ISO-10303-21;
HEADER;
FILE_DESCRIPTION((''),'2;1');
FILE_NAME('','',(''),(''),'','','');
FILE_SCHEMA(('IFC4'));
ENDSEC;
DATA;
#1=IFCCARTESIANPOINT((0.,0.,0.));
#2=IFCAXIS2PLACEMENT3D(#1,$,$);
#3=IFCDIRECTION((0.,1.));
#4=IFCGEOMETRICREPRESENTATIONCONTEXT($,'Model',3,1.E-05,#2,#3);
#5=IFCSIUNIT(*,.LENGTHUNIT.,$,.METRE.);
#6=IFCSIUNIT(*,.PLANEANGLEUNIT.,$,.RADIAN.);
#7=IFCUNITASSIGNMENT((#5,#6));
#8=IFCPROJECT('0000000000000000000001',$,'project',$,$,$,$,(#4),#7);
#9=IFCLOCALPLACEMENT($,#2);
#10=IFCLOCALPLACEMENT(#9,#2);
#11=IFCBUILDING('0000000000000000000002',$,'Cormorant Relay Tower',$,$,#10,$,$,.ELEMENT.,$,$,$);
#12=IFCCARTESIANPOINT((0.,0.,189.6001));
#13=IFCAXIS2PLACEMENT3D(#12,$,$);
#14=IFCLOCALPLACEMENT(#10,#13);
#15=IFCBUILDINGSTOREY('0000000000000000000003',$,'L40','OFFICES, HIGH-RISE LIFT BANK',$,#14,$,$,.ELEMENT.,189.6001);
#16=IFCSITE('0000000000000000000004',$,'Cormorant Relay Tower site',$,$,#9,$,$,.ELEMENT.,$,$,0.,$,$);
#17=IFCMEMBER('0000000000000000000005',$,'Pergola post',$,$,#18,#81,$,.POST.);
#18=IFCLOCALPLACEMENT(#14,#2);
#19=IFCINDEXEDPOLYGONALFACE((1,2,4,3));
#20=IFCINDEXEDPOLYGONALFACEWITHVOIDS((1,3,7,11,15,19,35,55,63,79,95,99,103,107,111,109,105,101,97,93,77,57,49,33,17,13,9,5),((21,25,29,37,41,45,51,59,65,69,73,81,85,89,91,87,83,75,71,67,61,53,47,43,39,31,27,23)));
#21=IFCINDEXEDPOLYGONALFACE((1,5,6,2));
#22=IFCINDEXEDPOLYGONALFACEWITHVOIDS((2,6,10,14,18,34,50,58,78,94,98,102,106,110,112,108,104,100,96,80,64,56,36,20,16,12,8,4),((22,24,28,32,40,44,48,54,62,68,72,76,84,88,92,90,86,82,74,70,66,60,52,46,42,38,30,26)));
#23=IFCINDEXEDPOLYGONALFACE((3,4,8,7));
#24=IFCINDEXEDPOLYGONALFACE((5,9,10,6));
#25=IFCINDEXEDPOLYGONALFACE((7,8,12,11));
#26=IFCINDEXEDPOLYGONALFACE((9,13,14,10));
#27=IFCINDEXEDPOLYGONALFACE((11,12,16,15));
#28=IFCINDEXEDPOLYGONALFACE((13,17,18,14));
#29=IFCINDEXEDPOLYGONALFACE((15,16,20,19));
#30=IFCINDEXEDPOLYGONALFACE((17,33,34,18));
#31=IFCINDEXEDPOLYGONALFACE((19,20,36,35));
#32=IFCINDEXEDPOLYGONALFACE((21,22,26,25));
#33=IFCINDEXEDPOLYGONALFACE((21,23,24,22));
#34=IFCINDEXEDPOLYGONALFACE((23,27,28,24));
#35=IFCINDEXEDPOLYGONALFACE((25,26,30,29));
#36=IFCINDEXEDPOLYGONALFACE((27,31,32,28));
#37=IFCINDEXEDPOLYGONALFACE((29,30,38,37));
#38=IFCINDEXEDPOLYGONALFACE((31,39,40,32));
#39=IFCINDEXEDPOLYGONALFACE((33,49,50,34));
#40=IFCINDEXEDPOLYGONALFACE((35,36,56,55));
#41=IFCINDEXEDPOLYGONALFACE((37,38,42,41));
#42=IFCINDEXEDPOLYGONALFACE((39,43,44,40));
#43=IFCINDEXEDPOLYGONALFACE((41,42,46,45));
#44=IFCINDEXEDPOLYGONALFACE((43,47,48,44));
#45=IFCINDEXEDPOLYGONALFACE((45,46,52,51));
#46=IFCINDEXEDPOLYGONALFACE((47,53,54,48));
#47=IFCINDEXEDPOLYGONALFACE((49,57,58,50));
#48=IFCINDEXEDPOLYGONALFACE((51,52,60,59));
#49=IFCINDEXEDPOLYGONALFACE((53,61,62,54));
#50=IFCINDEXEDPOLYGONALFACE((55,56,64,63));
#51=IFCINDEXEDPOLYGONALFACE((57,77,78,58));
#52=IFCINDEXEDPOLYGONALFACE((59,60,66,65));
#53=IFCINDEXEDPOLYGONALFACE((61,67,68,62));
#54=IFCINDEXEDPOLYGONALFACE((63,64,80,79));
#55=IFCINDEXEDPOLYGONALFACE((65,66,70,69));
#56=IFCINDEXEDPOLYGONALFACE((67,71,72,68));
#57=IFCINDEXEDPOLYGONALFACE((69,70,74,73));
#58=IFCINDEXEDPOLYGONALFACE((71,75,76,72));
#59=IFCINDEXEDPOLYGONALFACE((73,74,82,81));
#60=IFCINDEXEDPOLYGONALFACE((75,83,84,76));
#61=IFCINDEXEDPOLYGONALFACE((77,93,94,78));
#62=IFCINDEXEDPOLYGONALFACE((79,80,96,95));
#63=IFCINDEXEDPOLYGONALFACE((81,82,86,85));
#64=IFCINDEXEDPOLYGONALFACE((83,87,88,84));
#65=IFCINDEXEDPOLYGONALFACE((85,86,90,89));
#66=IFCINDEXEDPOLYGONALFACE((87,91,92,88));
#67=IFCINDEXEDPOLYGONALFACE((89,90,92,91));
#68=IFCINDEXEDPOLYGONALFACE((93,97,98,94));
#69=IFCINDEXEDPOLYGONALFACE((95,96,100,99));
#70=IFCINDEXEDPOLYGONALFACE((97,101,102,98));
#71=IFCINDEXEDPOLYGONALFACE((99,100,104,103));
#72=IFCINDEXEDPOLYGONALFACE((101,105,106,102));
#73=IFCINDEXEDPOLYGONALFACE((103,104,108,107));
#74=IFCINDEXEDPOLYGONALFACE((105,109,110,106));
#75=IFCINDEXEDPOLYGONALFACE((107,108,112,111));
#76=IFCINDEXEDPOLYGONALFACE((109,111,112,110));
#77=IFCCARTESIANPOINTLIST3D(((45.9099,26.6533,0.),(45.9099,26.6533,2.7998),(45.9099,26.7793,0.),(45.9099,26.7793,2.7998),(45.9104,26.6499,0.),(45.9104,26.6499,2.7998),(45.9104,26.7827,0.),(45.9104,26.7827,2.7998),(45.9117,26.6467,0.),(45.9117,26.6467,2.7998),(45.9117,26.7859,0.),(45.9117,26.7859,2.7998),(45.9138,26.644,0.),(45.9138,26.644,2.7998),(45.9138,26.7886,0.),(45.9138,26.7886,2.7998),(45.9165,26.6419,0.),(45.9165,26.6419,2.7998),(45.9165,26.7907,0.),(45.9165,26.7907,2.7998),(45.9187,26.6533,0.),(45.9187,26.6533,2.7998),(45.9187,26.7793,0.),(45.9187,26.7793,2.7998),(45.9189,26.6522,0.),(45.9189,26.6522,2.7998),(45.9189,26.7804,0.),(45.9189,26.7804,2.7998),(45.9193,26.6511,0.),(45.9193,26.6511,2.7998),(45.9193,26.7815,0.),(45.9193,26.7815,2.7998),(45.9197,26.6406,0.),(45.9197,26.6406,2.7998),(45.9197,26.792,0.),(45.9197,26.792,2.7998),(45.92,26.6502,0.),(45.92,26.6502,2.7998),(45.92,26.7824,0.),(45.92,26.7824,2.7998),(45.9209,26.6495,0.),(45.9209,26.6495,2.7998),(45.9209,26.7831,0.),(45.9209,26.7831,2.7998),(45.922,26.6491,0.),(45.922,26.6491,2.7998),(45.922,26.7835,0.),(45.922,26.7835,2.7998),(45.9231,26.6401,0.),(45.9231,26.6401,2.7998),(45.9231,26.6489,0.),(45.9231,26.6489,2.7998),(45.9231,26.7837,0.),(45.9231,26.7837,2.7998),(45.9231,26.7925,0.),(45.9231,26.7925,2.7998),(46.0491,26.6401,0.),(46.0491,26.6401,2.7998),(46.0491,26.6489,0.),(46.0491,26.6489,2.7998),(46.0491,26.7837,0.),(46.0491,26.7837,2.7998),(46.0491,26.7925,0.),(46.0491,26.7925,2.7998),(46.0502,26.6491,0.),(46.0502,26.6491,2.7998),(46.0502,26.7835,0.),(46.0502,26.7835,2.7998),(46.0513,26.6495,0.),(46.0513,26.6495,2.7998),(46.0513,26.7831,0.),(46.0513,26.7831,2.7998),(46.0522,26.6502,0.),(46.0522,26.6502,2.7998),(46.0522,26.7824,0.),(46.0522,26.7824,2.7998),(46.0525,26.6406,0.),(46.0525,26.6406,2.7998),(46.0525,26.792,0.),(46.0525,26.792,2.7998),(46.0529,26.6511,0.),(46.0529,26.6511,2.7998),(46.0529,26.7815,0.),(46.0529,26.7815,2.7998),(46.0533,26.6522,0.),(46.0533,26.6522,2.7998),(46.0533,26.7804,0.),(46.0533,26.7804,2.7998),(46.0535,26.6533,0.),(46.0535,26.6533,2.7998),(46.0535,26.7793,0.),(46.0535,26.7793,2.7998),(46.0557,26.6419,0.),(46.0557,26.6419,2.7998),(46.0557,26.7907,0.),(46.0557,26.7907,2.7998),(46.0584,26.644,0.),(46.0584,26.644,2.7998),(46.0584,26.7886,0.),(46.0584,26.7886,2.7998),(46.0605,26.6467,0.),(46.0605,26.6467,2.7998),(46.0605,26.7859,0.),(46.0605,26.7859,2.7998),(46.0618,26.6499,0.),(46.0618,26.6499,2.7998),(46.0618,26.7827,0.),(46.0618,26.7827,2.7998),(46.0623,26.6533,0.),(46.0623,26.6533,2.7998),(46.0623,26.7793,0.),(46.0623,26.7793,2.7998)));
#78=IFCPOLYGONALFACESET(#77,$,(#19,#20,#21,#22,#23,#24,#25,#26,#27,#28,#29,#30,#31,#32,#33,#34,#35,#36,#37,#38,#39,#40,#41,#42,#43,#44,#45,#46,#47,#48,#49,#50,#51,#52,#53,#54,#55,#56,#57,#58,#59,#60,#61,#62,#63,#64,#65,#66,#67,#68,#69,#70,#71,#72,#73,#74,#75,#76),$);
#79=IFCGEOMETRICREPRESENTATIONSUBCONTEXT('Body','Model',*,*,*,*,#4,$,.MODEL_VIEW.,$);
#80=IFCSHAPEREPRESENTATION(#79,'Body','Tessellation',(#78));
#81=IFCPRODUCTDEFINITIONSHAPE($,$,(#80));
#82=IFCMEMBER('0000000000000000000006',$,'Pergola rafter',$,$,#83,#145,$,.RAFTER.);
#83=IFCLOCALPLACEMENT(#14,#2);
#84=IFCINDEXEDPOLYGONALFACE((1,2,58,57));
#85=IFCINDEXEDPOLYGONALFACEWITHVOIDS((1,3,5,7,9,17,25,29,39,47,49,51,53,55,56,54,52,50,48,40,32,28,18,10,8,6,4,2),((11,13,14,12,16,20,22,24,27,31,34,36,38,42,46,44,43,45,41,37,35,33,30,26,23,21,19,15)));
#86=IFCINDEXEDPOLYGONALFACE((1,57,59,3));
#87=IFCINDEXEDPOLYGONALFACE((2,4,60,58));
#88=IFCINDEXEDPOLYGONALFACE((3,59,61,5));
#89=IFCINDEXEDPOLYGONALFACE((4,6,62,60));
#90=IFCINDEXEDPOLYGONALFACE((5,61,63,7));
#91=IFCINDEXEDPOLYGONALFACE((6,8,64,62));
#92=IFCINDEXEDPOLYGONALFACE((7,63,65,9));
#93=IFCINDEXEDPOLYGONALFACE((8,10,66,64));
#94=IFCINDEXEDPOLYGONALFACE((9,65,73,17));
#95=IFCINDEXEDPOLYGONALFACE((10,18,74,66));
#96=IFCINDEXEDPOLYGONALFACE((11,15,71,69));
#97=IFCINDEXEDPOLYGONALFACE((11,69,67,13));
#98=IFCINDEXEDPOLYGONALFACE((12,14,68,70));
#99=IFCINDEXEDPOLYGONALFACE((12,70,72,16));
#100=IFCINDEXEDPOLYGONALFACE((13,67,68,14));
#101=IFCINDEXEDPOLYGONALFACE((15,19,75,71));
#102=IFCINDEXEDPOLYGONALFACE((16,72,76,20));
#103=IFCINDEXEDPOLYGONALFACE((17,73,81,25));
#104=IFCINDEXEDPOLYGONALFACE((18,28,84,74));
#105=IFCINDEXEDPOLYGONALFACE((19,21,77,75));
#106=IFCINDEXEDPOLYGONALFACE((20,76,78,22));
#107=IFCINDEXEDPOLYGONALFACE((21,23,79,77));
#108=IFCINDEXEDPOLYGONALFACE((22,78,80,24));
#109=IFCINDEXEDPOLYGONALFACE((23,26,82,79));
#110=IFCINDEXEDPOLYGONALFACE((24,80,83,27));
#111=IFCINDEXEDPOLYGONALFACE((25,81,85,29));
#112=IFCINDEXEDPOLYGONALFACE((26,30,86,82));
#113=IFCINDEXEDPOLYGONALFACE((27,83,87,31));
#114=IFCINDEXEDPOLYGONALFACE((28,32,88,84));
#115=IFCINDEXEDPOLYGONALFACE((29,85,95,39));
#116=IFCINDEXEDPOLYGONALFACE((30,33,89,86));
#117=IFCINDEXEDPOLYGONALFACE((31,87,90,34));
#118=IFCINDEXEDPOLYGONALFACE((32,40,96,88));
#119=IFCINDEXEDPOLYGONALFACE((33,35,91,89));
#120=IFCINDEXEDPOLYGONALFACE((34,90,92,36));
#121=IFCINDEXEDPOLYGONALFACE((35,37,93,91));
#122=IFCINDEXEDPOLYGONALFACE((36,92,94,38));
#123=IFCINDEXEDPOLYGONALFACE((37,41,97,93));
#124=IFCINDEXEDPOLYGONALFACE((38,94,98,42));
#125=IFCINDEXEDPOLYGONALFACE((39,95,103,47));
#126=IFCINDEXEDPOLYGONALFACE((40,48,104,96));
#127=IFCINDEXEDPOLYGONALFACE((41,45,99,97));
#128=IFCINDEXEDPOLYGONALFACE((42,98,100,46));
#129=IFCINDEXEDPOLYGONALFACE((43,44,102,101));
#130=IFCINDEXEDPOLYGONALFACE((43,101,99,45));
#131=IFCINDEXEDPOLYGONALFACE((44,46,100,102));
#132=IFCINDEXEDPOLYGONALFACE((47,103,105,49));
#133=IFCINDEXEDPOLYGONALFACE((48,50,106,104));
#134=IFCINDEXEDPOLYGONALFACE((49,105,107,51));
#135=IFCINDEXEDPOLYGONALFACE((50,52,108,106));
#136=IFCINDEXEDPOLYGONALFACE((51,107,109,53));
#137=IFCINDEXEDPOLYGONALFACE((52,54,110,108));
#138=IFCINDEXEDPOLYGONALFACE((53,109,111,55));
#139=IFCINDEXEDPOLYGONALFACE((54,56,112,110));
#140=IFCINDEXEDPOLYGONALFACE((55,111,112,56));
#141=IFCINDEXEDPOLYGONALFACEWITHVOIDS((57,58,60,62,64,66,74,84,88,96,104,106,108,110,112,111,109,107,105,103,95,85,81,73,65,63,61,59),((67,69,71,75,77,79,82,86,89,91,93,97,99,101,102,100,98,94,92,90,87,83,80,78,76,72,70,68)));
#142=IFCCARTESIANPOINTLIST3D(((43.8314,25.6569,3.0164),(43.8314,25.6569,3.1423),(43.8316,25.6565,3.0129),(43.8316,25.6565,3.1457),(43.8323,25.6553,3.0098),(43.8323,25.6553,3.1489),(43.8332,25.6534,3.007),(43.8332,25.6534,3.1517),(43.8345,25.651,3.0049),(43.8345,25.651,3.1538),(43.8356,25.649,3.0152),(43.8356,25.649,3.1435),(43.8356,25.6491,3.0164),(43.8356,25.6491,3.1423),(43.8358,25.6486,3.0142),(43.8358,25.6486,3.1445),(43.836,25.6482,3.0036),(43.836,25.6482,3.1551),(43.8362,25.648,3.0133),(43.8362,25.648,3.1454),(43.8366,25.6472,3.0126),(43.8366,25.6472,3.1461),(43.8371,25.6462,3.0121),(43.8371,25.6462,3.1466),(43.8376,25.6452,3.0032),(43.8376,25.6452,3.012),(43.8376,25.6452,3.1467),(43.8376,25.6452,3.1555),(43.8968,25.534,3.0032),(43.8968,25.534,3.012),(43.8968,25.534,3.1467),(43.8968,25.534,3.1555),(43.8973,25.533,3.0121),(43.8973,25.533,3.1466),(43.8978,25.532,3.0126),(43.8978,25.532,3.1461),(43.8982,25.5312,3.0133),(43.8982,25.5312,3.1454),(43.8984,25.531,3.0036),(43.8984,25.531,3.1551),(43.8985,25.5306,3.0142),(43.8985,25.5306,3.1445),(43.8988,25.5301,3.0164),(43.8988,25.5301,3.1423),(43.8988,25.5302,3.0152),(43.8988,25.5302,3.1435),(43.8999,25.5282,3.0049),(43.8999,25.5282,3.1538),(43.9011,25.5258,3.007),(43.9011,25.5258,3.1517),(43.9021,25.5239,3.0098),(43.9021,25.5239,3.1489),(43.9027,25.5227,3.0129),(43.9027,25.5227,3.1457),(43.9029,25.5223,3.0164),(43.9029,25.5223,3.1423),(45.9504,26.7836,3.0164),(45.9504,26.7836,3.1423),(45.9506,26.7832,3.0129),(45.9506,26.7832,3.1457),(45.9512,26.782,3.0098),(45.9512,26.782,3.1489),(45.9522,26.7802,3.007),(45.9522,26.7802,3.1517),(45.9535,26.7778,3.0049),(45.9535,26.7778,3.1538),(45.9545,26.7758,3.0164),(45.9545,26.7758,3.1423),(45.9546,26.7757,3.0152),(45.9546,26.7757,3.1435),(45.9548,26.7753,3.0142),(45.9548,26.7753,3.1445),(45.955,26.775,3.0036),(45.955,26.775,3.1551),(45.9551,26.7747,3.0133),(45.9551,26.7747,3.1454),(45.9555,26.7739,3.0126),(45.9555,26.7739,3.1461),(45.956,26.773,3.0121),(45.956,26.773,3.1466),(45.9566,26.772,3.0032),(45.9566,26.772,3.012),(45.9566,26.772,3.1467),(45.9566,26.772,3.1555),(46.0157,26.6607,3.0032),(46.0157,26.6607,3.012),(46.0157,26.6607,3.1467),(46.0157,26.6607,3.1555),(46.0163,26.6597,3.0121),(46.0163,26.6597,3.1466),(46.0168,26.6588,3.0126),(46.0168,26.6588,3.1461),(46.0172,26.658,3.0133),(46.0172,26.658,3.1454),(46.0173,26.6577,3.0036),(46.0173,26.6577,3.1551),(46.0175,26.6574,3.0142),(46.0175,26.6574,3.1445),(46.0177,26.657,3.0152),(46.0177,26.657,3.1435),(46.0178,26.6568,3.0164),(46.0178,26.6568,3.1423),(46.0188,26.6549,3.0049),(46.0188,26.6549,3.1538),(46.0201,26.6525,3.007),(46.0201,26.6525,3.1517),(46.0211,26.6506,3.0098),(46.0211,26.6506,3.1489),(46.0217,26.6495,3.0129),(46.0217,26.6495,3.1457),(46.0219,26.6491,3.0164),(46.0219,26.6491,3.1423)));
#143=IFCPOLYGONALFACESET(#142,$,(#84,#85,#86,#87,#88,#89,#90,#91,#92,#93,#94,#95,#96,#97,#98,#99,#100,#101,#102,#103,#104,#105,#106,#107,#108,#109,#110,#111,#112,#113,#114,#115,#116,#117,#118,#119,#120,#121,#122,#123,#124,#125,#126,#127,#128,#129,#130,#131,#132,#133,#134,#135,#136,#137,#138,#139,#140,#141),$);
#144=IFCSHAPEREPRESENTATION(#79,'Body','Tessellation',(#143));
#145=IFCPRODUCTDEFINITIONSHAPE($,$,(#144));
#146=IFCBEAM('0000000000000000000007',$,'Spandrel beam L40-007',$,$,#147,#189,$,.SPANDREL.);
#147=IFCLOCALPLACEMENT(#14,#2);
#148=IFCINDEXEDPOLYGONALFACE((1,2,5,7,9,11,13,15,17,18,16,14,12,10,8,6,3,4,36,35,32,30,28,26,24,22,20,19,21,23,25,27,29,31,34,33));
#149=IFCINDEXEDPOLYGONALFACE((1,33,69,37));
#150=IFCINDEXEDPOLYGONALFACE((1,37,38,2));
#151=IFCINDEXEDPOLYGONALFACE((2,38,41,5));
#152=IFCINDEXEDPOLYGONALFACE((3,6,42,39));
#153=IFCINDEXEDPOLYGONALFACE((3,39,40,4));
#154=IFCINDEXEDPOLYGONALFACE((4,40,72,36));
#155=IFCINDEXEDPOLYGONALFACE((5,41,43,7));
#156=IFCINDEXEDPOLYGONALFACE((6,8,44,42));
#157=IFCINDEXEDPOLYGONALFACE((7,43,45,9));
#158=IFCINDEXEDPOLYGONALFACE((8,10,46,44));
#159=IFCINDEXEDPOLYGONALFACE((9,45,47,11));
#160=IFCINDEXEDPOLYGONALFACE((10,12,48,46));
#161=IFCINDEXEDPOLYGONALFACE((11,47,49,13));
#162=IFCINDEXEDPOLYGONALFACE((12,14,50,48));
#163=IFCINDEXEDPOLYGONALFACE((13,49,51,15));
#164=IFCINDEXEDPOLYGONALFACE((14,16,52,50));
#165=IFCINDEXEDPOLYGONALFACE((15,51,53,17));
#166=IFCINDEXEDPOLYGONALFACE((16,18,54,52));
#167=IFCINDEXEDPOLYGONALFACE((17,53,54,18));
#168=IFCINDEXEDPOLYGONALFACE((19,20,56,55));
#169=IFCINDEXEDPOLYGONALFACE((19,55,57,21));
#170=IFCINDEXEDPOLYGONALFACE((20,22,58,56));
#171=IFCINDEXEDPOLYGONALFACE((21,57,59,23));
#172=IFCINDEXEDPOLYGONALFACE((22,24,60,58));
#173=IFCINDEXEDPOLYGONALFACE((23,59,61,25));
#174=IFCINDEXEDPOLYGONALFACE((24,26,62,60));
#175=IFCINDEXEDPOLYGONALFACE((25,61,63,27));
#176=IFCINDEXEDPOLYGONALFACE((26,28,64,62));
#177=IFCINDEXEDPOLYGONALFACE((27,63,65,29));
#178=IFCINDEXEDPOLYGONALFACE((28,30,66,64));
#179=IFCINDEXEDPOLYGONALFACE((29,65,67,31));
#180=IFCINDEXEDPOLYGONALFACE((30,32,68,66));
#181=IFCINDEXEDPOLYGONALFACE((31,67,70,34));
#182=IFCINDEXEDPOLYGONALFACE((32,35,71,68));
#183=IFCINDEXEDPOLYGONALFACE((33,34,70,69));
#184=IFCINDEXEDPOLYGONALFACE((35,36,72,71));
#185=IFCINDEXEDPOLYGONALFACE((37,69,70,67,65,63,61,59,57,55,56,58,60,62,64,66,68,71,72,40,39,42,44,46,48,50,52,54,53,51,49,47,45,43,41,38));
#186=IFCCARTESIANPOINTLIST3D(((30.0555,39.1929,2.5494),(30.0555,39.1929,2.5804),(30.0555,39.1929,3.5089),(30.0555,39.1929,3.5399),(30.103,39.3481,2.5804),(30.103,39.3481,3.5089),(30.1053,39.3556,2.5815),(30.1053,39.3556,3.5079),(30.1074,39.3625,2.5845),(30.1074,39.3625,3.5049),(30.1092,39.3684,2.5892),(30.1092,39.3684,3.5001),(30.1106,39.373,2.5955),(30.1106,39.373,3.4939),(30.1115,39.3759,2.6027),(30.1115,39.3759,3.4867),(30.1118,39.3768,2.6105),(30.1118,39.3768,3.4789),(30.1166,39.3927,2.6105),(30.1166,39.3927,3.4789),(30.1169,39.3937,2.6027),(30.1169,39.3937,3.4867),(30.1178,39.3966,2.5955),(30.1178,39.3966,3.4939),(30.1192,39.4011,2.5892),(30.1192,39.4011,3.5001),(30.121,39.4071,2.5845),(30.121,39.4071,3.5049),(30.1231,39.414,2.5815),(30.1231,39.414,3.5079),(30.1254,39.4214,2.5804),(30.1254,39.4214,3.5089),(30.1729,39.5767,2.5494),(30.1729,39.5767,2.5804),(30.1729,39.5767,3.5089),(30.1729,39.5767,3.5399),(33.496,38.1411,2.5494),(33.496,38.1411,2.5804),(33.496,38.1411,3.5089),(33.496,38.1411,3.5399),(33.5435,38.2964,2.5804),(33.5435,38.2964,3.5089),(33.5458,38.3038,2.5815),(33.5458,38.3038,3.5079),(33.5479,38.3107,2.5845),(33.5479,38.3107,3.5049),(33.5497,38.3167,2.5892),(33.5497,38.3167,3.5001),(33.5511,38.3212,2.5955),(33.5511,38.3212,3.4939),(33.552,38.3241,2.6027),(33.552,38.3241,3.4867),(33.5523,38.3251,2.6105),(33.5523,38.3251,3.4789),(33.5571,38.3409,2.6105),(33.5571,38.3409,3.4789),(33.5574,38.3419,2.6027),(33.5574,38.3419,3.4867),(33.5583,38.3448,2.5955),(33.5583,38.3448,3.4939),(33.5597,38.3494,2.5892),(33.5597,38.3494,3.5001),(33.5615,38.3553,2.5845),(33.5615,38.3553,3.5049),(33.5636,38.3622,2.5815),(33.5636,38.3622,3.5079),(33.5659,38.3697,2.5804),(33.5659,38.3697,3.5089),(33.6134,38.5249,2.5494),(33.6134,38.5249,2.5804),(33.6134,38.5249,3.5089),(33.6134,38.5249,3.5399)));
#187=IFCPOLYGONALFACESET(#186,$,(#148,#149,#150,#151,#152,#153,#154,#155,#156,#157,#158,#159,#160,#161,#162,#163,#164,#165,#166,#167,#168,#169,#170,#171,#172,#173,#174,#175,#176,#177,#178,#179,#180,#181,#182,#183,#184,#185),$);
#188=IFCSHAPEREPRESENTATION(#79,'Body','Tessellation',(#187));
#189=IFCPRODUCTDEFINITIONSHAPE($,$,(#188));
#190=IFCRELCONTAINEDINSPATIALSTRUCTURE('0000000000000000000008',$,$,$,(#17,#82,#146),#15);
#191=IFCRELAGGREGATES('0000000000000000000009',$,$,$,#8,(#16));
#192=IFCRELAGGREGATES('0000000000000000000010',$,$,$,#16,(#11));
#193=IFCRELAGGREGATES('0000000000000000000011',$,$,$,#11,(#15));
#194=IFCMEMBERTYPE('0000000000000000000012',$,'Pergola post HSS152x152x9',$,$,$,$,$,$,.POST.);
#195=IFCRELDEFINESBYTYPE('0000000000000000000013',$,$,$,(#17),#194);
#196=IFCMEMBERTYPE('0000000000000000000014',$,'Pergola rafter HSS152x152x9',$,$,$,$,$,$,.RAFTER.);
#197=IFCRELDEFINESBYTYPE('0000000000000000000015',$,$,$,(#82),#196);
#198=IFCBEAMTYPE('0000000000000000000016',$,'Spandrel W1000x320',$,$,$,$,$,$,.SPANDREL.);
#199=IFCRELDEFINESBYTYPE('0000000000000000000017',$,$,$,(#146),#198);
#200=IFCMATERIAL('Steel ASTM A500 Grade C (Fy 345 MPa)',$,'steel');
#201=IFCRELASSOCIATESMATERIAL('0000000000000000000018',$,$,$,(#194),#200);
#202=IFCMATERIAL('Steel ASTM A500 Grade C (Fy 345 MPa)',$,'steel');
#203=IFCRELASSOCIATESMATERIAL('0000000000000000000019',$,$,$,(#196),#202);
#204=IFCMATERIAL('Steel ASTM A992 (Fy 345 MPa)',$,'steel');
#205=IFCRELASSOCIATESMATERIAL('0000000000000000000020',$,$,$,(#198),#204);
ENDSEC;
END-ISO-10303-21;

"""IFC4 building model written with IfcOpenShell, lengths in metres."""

from ifc_helpers import new_model, si_unit, direction, frame, origin, origin_2d, place, context, subcontext, project, spatial, hollow_rectangle, i_section, extrude, material, material_profile, profile_set, type_object, element, save


model = new_model("IFC4")

# Units and contexts
model_context = context("Model", 3, precision=1e-05, world=origin(), true_north=direction((0.0, 1.0)))
body_context = subcontext(model_context, "Body", "Model", "MODEL_VIEW")
ifc_project = project(units=[si_unit("LENGTHUNIT", "METRE"), si_unit("PLANEANGLEUNIT", "RADIAN")], contexts=[model_context])

# Site, building, storey
site_placement = place(None, origin())
site = spatial("IfcSite", under=ifc_project, at=site_placement, Name="Cormorant Relay Tower site", CompositionType="ELEMENT", RefElevation=0.0)
building_placement = place(site_placement, origin())
building = spatial("IfcBuilding", under=site, at=building_placement, Name="Cormorant Relay Tower", CompositionType="ELEMENT")
storey_placement = place(building_placement, frame((0.0, 0.0, 189.6001)))
storey = spatial("IfcBuildingStorey", under=building, at=storey_placement, Name="L40", Description="OFFICES, HIGH-RISE LIFT BANK", CompositionType="ELEMENT", Elevation=189.6001)

# Members
ifc_material_1 = material(Name="Steel ASTM A500 Grade C (Fy 345 MPa)", Category="steel")
ifc_material_profile_1 = material_profile(ifc_material_1, hollow_rectangle(XDim=0.1523, YDim=0.1523, WallThickness=0.0088, InnerFilletRadius=0.0044, OuterFilletRadius=0.0132, at=origin_2d()), Name="HSS152x152x9")
ifc_profile_set_1 = profile_set([ifc_material_profile_1], Name="Steel ASTM A500 Grade C (Fy 345 MPa)")
member_type_1 = type_object("IfcMemberType", Name="Pergola post HSS152x152x9", PredefinedType="POST", material=ifc_profile_set_1)
member_1_placement = place(storey_placement, frame((45.9861, 26.7163, 0.0), z_axis=(0.0, 0.0, 1.0), x_axis=(1.0, 0.0, 0.0)))
element("IfcMember", 1, at=member_1_placement, inside=storey, type_object=member_type_1, Name="Pergola post", PredefinedType="POST", context=body_context, shape_type="SweptSolid", body=[
    extrude(hollow_rectangle(XDim=0.1523, YDim=0.1523, WallThickness=0.0088, InnerFilletRadius=0.0044, OuterFilletRadius=0.0132, at=origin_2d()), origin(), (0.0, 0.0, 1.0), 2.7998),
])
ifc_material_2 = material(Name="Steel ASTM A500 Grade C (Fy 345 MPa)", Category="steel")
ifc_material_profile_2 = material_profile(ifc_material_2, hollow_rectangle(XDim=0.1523, YDim=0.1523, WallThickness=0.0088, InnerFilletRadius=0.0044, OuterFilletRadius=0.0132, at=origin_2d()), Name="HSS152x152x9")
ifc_profile_set_2 = profile_set([ifc_material_profile_2], Name="Steel ASTM A500 Grade C (Fy 345 MPa)")
member_type_2 = type_object("IfcMemberType", Name="Pergola rafter HSS152x152x9", PredefinedType="RAFTER", material=ifc_profile_set_2)
member_2_placement = place(storey_placement, frame((43.8672, 25.5896, 3.0793), z_axis=(0.882935, 0.469495, 0.0), x_axis=(-0.469495, 0.882935, 0.0)))
element("IfcMember", 2, at=member_2_placement, inside=storey, type_object=member_type_2, Name="Pergola rafter", PredefinedType="RAFTER", context=body_context, shape_type="SweptSolid", body=[
    extrude(hollow_rectangle(XDim=0.1523, YDim=0.1523, WallThickness=0.0088, InnerFilletRadius=0.0044, OuterFilletRadius=0.0132, at=origin_2d()), origin(), (0.0, 0.0, 1.0), 2.3999),
])

# Beam
ifc_material_3 = material(Name="Steel ASTM A992 (Fy 345 MPa)", Category="steel")
ifc_material_profile_3 = material_profile(ifc_material_3, i_section(OverallWidth=0.4014, OverallDepth=0.9905, WebThickness=0.0166, FlangeThickness=0.031, FilletRadius=0.03, at=origin_2d()), Name="W1000x320")
ifc_profile_set_3 = profile_set([ifc_material_profile_3], Name="Steel ASTM A992 (Fy 345 MPa)")
beam_type = type_object("IfcBeamType", Name="Spandrel W1000x320", PredefinedType="SPANDREL", material=ifc_profile_set_3)
beam_placement = place(storey_placement, frame((33.5547, 38.333, 3.0447), z_axis=(-0.956312, 0.29235, 0.0), x_axis=(-0.29235, -0.956312, 0.0)))
element("IfcBeam", 3, at=beam_placement, inside=storey, type_object=beam_type, Name="Spandrel beam L40-007", PredefinedType="SPANDREL", context=body_context, shape_type="SweptSolid", body=[
    extrude(i_section(OverallWidth=0.4014, OverallDepth=0.9905, WebThickness=0.0166, FlangeThickness=0.031, FilletRadius=0.03, at=origin_2d()), origin(), (0.0, 0.0, 1.0), 3.5977),
])

save(model, "model.ifc")
